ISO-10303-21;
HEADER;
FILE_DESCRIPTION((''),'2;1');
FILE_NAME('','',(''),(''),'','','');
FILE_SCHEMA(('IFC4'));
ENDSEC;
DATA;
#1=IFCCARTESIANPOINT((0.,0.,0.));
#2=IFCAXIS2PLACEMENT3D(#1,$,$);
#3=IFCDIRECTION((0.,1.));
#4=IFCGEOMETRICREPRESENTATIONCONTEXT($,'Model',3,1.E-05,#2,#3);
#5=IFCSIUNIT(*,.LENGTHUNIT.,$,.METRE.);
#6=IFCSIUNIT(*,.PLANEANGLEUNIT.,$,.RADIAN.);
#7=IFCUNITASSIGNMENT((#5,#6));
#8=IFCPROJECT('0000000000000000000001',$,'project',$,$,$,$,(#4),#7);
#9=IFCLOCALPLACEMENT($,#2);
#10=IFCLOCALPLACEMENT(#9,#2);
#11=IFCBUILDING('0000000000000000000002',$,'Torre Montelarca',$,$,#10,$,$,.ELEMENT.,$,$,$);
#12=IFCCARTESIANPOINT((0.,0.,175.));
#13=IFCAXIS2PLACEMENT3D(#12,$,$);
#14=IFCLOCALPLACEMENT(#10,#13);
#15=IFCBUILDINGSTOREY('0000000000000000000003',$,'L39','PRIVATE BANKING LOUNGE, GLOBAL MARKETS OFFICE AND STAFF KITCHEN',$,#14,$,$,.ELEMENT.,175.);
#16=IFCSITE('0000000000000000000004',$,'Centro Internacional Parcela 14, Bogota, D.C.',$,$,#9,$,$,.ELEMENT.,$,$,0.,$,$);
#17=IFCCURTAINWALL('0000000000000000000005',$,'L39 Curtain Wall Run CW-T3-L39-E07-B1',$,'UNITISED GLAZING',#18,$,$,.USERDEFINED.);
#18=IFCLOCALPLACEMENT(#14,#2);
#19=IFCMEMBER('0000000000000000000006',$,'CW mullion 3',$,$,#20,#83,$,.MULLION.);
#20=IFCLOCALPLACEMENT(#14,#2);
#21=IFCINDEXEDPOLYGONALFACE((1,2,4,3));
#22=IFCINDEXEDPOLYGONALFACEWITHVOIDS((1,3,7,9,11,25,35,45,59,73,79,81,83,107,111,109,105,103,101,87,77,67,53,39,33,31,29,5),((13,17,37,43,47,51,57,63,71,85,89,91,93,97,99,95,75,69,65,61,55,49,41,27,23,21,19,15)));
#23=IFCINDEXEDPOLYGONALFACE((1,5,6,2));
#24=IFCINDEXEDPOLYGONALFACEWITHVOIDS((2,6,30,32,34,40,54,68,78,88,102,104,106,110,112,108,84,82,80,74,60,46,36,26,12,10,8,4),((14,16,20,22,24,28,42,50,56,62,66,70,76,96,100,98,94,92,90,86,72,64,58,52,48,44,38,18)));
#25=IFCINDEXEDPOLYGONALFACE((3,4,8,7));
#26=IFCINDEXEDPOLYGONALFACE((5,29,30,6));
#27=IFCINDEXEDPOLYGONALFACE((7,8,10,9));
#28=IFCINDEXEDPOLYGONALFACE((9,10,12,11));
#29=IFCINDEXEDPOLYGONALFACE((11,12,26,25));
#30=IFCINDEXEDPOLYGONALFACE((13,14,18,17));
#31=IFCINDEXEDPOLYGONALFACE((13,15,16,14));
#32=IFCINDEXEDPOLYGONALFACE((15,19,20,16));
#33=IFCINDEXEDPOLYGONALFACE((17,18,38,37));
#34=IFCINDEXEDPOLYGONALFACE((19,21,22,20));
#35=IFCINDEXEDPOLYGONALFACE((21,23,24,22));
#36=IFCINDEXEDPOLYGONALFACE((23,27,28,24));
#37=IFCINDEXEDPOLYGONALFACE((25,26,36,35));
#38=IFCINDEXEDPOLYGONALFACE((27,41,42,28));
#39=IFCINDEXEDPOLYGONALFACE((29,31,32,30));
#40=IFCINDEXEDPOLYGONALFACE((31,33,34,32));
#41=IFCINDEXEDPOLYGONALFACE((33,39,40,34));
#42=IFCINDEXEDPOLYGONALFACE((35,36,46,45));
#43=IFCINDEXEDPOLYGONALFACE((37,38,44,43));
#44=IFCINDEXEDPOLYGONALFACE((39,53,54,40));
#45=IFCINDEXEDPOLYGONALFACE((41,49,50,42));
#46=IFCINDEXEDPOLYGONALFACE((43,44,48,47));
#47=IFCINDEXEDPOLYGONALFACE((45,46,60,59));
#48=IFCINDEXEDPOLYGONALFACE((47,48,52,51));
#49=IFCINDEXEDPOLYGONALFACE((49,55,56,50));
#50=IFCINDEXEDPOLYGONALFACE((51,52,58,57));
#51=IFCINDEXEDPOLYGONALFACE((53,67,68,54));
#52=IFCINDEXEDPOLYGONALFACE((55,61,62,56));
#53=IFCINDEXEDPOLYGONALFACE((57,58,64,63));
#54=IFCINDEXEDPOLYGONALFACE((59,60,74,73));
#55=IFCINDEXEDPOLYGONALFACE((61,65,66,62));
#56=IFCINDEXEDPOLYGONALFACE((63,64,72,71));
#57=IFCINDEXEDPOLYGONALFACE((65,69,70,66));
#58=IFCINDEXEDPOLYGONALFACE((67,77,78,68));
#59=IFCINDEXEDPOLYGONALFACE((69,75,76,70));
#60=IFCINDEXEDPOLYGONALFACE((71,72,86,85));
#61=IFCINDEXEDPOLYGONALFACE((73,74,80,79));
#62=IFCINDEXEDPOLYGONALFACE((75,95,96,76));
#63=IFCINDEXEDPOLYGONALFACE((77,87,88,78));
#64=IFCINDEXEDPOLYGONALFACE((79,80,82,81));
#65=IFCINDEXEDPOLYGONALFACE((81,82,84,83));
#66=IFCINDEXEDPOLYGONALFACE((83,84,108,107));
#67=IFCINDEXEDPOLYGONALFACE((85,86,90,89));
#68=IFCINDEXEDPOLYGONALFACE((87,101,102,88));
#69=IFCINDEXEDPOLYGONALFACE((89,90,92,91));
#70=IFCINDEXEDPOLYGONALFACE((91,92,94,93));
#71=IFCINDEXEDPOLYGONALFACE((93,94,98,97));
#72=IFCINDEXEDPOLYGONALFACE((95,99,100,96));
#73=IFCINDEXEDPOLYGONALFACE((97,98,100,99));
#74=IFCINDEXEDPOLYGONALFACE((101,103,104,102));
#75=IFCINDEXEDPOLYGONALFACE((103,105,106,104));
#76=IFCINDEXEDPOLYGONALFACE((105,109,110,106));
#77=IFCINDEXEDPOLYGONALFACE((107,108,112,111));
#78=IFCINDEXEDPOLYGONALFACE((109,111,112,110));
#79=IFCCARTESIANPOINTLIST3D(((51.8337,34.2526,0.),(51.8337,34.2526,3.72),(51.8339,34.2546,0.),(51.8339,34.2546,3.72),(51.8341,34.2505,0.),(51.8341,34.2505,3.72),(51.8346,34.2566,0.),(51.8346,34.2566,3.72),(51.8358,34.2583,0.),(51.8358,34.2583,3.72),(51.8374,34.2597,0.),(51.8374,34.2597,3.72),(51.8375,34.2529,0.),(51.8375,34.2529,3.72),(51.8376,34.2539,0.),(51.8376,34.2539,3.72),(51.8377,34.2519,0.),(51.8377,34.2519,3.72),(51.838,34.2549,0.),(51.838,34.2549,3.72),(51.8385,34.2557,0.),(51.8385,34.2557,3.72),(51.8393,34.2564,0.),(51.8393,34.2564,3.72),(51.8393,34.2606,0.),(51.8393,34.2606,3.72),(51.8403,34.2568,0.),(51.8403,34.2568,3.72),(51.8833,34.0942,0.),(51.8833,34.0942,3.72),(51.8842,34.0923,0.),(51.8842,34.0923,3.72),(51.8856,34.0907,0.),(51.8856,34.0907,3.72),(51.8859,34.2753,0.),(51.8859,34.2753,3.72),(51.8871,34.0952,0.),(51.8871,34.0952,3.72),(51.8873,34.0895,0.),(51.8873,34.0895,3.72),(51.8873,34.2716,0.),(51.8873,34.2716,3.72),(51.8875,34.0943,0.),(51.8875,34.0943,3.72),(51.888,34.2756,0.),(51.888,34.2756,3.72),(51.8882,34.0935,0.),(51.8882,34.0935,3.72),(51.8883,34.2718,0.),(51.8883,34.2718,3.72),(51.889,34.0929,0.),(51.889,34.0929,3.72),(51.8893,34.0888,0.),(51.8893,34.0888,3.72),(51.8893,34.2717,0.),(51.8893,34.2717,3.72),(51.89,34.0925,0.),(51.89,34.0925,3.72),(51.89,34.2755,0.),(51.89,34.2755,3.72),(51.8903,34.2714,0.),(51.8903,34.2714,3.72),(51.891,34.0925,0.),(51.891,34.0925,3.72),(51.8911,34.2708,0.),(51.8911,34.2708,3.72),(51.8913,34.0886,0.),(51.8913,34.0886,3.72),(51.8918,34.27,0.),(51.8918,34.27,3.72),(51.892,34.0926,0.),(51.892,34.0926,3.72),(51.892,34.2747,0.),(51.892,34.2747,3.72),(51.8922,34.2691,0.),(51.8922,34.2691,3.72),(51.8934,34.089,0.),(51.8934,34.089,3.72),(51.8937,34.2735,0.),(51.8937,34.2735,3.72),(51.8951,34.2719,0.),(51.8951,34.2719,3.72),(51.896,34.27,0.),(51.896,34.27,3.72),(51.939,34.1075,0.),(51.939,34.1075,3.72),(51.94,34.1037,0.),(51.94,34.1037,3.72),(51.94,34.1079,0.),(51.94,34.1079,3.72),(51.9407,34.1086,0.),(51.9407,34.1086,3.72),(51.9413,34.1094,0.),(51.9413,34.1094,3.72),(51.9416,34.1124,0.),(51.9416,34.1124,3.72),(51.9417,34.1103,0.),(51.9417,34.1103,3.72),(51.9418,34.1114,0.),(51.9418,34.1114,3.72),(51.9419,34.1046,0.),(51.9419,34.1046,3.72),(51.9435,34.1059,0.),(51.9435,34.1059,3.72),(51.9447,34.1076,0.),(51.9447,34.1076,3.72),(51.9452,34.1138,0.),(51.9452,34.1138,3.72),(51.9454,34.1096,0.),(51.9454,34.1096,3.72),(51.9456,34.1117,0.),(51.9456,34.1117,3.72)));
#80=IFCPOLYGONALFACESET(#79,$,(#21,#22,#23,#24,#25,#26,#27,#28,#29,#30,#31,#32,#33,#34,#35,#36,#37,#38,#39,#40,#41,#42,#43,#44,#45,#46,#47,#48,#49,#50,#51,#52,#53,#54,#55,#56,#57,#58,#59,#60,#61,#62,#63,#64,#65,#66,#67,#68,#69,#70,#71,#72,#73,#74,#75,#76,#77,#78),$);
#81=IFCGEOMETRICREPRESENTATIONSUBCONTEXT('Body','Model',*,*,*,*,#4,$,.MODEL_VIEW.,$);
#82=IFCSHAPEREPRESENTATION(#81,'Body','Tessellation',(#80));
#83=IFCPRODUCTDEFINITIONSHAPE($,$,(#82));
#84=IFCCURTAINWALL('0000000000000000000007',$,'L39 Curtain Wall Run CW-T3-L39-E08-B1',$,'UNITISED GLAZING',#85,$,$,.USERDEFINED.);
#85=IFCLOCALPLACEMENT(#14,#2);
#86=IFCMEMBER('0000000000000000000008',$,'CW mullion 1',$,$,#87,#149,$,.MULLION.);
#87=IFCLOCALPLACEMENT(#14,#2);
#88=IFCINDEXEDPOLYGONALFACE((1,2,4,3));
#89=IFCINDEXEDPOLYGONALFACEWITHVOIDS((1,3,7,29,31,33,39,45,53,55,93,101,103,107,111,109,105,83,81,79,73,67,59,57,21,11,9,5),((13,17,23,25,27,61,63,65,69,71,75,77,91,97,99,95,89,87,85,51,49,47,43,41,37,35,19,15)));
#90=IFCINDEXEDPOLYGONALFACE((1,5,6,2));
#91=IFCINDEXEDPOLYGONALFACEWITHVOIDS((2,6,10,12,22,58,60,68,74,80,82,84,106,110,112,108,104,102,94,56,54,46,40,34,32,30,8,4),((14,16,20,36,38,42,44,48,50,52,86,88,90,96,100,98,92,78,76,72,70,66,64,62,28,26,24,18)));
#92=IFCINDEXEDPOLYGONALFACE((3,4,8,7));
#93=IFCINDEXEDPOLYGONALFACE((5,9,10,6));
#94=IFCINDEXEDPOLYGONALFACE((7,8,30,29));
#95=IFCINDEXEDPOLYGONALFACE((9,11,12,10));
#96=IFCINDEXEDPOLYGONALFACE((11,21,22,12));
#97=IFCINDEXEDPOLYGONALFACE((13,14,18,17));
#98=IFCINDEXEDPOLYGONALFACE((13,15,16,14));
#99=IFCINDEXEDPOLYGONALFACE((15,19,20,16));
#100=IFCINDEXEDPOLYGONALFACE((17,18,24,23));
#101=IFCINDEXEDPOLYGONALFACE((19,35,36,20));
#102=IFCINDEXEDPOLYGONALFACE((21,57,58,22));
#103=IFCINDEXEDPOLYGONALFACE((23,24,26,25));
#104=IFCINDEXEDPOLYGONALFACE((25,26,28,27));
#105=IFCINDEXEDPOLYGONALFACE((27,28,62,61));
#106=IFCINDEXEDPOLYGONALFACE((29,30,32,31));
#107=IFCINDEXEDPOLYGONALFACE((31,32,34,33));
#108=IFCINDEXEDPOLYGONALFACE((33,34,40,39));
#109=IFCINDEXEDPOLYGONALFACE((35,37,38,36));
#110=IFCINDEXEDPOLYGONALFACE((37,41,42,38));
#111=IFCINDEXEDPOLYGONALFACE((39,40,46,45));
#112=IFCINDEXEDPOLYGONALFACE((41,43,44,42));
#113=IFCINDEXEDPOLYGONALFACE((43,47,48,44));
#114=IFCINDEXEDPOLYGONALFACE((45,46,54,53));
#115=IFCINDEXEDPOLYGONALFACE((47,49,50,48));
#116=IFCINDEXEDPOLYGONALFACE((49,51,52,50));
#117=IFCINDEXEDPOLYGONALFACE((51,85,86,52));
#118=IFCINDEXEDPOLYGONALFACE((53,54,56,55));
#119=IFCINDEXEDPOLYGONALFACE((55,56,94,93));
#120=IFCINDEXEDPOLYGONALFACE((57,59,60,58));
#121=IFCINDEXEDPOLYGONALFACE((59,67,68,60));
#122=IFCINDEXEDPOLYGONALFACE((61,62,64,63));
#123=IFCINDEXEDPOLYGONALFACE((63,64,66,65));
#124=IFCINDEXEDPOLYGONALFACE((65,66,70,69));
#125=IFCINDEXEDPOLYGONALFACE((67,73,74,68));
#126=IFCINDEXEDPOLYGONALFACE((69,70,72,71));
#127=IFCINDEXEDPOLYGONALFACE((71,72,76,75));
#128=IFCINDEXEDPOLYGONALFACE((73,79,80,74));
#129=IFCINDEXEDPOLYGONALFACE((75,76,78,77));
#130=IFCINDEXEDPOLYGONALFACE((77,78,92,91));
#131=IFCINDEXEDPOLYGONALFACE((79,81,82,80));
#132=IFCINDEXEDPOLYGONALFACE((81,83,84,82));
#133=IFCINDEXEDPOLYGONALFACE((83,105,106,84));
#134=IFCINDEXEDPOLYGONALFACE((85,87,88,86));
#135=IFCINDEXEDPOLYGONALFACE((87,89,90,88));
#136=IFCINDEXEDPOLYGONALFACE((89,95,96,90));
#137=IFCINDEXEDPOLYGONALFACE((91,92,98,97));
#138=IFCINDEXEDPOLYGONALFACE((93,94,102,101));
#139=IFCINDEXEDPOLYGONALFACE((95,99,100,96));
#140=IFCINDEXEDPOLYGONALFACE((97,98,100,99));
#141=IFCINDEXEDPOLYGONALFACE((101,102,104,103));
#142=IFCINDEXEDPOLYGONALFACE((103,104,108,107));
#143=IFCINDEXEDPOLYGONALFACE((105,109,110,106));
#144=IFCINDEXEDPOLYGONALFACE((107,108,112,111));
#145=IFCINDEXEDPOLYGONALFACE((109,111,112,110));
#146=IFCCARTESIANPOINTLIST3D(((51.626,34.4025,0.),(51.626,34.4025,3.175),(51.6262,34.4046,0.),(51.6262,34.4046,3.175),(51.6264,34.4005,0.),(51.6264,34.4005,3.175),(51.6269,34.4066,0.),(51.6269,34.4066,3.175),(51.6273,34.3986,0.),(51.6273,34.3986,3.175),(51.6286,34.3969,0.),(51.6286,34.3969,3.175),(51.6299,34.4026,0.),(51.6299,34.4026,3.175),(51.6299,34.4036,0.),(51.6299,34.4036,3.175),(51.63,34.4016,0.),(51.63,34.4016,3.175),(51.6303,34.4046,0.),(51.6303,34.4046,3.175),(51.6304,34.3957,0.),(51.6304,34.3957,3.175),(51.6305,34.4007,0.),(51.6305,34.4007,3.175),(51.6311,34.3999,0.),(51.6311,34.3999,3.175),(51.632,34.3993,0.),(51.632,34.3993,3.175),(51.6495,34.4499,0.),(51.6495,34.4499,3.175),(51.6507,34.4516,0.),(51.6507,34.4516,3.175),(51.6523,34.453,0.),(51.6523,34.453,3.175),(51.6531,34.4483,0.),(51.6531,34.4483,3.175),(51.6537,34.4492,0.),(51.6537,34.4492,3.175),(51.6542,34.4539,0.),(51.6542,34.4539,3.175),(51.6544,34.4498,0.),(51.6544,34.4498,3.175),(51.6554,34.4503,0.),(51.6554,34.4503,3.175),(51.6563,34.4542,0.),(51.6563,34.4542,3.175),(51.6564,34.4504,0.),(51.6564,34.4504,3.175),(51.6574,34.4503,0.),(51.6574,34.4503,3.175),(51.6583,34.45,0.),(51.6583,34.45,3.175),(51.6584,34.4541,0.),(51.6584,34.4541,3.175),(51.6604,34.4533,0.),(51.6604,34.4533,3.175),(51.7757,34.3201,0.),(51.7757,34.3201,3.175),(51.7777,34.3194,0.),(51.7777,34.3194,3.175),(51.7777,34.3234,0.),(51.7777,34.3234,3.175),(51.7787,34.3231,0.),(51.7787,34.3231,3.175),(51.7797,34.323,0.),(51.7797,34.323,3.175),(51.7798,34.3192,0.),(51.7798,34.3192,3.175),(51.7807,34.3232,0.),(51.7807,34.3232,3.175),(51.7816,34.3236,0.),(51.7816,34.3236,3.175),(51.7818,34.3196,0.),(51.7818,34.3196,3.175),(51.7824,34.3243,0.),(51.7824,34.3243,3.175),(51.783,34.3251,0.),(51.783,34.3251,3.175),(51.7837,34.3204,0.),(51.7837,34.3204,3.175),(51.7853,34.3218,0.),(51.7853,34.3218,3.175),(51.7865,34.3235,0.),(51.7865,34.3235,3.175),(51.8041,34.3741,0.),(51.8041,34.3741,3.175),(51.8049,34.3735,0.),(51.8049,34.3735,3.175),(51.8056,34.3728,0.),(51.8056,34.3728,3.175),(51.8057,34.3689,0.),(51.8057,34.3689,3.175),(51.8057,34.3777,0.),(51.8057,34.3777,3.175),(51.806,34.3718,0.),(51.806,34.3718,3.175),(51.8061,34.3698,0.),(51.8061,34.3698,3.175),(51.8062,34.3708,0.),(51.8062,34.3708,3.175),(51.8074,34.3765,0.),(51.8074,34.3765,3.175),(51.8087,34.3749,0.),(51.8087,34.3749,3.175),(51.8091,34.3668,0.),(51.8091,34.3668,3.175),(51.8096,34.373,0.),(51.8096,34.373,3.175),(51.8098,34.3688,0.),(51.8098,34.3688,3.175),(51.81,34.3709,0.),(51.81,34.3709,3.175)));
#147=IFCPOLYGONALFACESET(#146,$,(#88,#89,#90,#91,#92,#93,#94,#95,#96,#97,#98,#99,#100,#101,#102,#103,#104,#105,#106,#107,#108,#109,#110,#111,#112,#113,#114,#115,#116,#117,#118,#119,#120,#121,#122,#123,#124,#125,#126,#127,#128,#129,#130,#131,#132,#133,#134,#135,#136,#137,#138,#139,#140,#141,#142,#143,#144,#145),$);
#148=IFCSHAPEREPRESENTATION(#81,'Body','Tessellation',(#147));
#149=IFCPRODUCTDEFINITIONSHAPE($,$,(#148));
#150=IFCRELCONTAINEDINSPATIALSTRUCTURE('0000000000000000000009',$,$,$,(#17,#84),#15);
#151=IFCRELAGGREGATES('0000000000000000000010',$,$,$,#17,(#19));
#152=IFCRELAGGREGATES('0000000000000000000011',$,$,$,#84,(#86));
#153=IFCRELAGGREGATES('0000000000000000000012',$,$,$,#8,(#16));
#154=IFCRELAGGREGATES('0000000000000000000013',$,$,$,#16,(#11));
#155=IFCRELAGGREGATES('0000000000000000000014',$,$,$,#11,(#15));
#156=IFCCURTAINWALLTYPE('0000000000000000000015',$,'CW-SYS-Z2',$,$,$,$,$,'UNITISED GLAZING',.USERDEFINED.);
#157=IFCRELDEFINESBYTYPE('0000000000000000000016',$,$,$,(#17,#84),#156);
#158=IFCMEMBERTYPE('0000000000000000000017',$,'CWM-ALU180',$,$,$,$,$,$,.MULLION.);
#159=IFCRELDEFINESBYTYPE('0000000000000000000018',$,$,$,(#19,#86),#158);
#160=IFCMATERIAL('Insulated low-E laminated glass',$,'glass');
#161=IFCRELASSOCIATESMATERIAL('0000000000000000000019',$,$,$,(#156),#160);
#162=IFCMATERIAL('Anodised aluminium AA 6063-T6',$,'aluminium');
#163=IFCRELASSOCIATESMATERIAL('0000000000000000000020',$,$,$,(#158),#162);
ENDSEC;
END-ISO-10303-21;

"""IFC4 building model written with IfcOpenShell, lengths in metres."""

from ifc_helpers import new_model, si_unit, direction, frame, origin, origin_2d, place, context, subcontext, project, spatial, hollow_rectangle, extrude, source, transform, mapped, material, material_profile, profile_set, type_object, element, aggregate, save


model = new_model("IFC4")

# Units and contexts
model_context = context("Model", 3, precision=1e-05, world=origin(), true_north=direction((0.0, 1.0)))
body_context = subcontext(model_context, "Body", "Model", "MODEL_VIEW")
ifc_project = project(units=[si_unit("LENGTHUNIT", "METRE"), si_unit("PLANEANGLEUNIT", "RADIAN")], contexts=[model_context])

# Site, building, storey
site_placement = place(None, origin())
site = spatial("IfcSite", under=ifc_project, at=site_placement, Name="Centro Internacional Parcela 14, Bogota, D.C.", CompositionType="ELEMENT", RefElevation=0.0)
building_placement = place(site_placement, origin())
building = spatial("IfcBuilding", under=site, at=building_placement, Name="Torre Montelarca", CompositionType="ELEMENT")
storey_placement = place(building_placement, frame((0.0, 0.0, 175.0)))
storey = spatial("IfcBuildingStorey", under=building, at=storey_placement, Name="L39", Description="PRIVATE BANKING LOUNGE, GLOBAL MARKETS OFFICE AND STAFF KITCHEN", CompositionType="ELEMENT", Elevation=175.0)

# Curtain wall
ifc_material_1 = material(Name="Insulated low-E laminated glass", Category="glass")
curtain_wall_type = type_object("IfcCurtainWallType", Name="CW-SYS-Z2", ElementType="UNITISED GLAZING", PredefinedType="USERDEFINED", material=ifc_material_1)
curtain_wall_1_placement = place(storey_placement, origin())
curtain_wall_1 = element("IfcCurtainWall", 1, at=curtain_wall_1_placement, inside=storey, type_object=curtain_wall_type, Name="L39 Curtain Wall Run CW-T3-L39-E07-B1", ObjectType="UNITISED GLAZING", PredefinedType="USERDEFINED")
ifc_material_2 = material(Name="Anodised aluminium AA 6063-T6", Category="aluminium")

# Shared definitions
ifc_material_profile_1 = material_profile(ifc_material_2, hollow_rectangle(XDim=0.0649, YDim=0.1799, WallThickness=0.0039, InnerFilletRadius=0.0039, OuterFilletRadius=0.0081, at=origin_2d()), Name="ALU65X180X4", Category="aluminium")
ifc_profile_set_1 = profile_set([ifc_material_profile_1], Name="Anodised aluminium AA 6063-T6")
member_type_1 = type_object("IfcMemberType", Name="CWM-ALU180", PredefinedType="MULLION", material=ifc_profile_set_1)
shared_shape_1 = source(origin(), body_context, "Body", "SweptSolid", [
    extrude(hollow_rectangle(XDim=0.0649, YDim=0.1799, WallThickness=0.0039, InnerFilletRadius=0.0039, OuterFilletRadius=0.0081, at=origin_2d()), origin(), (0.0, 0.0, 1.0), 3.72),
])

# Member
member_1_placement = place(storey_placement, frame((51.8896, 34.1821, 0.0), z_axis=(0.0, 0.0, 1.0), x_axis=(-0.953719, -0.300699, 0.0)))
member_1 = element("IfcMember", 2, at=member_1_placement, type_object=member_type_1, Name="CW mullion 3", PredefinedType="MULLION", context=body_context, shape_type="MappedRepresentation", body=[
    mapped(shared_shape_1, transform((0.0, 0.0, 0.0), scale=1.0)),
])

# Curtain wall, member
curtain_wall_2_placement = place(storey_placement, origin())
curtain_wall_2 = element("IfcCurtainWall", 3, at=curtain_wall_2_placement, inside=storey, type_object=curtain_wall_type, Name="L39 Curtain Wall Run CW-T3-L39-E08-B1", ObjectType="UNITISED GLAZING", PredefinedType="USERDEFINED")
shared_shape_2 = source(origin(), body_context, "Body", "SweptSolid", [
    extrude(hollow_rectangle(XDim=0.0649, YDim=0.1799, WallThickness=0.0039, InnerFilletRadius=0.0039, OuterFilletRadius=0.0081, at=origin_2d()), origin(), (0.0, 0.0, 1.0), 3.175),
])
member_2_placement = place(storey_placement, frame((51.718, 34.3867, 0.0), z_axis=(0.0, 0.0, 1.0), x_axis=(-0.461748, -0.887011, 0.0)))
member_2 = element("IfcMember", 4, at=member_2_placement, type_object=member_type_1, Name="CW mullion 1", PredefinedType="MULLION", context=body_context, shape_type="MappedRepresentation", body=[
    mapped(shared_shape_2, transform((0.0, 0.0, 0.0), scale=1.0)),
])

aggregate(curtain_wall_1, [member_1])
aggregate(curtain_wall_2, [member_2])

save(model, "model.ifc")
